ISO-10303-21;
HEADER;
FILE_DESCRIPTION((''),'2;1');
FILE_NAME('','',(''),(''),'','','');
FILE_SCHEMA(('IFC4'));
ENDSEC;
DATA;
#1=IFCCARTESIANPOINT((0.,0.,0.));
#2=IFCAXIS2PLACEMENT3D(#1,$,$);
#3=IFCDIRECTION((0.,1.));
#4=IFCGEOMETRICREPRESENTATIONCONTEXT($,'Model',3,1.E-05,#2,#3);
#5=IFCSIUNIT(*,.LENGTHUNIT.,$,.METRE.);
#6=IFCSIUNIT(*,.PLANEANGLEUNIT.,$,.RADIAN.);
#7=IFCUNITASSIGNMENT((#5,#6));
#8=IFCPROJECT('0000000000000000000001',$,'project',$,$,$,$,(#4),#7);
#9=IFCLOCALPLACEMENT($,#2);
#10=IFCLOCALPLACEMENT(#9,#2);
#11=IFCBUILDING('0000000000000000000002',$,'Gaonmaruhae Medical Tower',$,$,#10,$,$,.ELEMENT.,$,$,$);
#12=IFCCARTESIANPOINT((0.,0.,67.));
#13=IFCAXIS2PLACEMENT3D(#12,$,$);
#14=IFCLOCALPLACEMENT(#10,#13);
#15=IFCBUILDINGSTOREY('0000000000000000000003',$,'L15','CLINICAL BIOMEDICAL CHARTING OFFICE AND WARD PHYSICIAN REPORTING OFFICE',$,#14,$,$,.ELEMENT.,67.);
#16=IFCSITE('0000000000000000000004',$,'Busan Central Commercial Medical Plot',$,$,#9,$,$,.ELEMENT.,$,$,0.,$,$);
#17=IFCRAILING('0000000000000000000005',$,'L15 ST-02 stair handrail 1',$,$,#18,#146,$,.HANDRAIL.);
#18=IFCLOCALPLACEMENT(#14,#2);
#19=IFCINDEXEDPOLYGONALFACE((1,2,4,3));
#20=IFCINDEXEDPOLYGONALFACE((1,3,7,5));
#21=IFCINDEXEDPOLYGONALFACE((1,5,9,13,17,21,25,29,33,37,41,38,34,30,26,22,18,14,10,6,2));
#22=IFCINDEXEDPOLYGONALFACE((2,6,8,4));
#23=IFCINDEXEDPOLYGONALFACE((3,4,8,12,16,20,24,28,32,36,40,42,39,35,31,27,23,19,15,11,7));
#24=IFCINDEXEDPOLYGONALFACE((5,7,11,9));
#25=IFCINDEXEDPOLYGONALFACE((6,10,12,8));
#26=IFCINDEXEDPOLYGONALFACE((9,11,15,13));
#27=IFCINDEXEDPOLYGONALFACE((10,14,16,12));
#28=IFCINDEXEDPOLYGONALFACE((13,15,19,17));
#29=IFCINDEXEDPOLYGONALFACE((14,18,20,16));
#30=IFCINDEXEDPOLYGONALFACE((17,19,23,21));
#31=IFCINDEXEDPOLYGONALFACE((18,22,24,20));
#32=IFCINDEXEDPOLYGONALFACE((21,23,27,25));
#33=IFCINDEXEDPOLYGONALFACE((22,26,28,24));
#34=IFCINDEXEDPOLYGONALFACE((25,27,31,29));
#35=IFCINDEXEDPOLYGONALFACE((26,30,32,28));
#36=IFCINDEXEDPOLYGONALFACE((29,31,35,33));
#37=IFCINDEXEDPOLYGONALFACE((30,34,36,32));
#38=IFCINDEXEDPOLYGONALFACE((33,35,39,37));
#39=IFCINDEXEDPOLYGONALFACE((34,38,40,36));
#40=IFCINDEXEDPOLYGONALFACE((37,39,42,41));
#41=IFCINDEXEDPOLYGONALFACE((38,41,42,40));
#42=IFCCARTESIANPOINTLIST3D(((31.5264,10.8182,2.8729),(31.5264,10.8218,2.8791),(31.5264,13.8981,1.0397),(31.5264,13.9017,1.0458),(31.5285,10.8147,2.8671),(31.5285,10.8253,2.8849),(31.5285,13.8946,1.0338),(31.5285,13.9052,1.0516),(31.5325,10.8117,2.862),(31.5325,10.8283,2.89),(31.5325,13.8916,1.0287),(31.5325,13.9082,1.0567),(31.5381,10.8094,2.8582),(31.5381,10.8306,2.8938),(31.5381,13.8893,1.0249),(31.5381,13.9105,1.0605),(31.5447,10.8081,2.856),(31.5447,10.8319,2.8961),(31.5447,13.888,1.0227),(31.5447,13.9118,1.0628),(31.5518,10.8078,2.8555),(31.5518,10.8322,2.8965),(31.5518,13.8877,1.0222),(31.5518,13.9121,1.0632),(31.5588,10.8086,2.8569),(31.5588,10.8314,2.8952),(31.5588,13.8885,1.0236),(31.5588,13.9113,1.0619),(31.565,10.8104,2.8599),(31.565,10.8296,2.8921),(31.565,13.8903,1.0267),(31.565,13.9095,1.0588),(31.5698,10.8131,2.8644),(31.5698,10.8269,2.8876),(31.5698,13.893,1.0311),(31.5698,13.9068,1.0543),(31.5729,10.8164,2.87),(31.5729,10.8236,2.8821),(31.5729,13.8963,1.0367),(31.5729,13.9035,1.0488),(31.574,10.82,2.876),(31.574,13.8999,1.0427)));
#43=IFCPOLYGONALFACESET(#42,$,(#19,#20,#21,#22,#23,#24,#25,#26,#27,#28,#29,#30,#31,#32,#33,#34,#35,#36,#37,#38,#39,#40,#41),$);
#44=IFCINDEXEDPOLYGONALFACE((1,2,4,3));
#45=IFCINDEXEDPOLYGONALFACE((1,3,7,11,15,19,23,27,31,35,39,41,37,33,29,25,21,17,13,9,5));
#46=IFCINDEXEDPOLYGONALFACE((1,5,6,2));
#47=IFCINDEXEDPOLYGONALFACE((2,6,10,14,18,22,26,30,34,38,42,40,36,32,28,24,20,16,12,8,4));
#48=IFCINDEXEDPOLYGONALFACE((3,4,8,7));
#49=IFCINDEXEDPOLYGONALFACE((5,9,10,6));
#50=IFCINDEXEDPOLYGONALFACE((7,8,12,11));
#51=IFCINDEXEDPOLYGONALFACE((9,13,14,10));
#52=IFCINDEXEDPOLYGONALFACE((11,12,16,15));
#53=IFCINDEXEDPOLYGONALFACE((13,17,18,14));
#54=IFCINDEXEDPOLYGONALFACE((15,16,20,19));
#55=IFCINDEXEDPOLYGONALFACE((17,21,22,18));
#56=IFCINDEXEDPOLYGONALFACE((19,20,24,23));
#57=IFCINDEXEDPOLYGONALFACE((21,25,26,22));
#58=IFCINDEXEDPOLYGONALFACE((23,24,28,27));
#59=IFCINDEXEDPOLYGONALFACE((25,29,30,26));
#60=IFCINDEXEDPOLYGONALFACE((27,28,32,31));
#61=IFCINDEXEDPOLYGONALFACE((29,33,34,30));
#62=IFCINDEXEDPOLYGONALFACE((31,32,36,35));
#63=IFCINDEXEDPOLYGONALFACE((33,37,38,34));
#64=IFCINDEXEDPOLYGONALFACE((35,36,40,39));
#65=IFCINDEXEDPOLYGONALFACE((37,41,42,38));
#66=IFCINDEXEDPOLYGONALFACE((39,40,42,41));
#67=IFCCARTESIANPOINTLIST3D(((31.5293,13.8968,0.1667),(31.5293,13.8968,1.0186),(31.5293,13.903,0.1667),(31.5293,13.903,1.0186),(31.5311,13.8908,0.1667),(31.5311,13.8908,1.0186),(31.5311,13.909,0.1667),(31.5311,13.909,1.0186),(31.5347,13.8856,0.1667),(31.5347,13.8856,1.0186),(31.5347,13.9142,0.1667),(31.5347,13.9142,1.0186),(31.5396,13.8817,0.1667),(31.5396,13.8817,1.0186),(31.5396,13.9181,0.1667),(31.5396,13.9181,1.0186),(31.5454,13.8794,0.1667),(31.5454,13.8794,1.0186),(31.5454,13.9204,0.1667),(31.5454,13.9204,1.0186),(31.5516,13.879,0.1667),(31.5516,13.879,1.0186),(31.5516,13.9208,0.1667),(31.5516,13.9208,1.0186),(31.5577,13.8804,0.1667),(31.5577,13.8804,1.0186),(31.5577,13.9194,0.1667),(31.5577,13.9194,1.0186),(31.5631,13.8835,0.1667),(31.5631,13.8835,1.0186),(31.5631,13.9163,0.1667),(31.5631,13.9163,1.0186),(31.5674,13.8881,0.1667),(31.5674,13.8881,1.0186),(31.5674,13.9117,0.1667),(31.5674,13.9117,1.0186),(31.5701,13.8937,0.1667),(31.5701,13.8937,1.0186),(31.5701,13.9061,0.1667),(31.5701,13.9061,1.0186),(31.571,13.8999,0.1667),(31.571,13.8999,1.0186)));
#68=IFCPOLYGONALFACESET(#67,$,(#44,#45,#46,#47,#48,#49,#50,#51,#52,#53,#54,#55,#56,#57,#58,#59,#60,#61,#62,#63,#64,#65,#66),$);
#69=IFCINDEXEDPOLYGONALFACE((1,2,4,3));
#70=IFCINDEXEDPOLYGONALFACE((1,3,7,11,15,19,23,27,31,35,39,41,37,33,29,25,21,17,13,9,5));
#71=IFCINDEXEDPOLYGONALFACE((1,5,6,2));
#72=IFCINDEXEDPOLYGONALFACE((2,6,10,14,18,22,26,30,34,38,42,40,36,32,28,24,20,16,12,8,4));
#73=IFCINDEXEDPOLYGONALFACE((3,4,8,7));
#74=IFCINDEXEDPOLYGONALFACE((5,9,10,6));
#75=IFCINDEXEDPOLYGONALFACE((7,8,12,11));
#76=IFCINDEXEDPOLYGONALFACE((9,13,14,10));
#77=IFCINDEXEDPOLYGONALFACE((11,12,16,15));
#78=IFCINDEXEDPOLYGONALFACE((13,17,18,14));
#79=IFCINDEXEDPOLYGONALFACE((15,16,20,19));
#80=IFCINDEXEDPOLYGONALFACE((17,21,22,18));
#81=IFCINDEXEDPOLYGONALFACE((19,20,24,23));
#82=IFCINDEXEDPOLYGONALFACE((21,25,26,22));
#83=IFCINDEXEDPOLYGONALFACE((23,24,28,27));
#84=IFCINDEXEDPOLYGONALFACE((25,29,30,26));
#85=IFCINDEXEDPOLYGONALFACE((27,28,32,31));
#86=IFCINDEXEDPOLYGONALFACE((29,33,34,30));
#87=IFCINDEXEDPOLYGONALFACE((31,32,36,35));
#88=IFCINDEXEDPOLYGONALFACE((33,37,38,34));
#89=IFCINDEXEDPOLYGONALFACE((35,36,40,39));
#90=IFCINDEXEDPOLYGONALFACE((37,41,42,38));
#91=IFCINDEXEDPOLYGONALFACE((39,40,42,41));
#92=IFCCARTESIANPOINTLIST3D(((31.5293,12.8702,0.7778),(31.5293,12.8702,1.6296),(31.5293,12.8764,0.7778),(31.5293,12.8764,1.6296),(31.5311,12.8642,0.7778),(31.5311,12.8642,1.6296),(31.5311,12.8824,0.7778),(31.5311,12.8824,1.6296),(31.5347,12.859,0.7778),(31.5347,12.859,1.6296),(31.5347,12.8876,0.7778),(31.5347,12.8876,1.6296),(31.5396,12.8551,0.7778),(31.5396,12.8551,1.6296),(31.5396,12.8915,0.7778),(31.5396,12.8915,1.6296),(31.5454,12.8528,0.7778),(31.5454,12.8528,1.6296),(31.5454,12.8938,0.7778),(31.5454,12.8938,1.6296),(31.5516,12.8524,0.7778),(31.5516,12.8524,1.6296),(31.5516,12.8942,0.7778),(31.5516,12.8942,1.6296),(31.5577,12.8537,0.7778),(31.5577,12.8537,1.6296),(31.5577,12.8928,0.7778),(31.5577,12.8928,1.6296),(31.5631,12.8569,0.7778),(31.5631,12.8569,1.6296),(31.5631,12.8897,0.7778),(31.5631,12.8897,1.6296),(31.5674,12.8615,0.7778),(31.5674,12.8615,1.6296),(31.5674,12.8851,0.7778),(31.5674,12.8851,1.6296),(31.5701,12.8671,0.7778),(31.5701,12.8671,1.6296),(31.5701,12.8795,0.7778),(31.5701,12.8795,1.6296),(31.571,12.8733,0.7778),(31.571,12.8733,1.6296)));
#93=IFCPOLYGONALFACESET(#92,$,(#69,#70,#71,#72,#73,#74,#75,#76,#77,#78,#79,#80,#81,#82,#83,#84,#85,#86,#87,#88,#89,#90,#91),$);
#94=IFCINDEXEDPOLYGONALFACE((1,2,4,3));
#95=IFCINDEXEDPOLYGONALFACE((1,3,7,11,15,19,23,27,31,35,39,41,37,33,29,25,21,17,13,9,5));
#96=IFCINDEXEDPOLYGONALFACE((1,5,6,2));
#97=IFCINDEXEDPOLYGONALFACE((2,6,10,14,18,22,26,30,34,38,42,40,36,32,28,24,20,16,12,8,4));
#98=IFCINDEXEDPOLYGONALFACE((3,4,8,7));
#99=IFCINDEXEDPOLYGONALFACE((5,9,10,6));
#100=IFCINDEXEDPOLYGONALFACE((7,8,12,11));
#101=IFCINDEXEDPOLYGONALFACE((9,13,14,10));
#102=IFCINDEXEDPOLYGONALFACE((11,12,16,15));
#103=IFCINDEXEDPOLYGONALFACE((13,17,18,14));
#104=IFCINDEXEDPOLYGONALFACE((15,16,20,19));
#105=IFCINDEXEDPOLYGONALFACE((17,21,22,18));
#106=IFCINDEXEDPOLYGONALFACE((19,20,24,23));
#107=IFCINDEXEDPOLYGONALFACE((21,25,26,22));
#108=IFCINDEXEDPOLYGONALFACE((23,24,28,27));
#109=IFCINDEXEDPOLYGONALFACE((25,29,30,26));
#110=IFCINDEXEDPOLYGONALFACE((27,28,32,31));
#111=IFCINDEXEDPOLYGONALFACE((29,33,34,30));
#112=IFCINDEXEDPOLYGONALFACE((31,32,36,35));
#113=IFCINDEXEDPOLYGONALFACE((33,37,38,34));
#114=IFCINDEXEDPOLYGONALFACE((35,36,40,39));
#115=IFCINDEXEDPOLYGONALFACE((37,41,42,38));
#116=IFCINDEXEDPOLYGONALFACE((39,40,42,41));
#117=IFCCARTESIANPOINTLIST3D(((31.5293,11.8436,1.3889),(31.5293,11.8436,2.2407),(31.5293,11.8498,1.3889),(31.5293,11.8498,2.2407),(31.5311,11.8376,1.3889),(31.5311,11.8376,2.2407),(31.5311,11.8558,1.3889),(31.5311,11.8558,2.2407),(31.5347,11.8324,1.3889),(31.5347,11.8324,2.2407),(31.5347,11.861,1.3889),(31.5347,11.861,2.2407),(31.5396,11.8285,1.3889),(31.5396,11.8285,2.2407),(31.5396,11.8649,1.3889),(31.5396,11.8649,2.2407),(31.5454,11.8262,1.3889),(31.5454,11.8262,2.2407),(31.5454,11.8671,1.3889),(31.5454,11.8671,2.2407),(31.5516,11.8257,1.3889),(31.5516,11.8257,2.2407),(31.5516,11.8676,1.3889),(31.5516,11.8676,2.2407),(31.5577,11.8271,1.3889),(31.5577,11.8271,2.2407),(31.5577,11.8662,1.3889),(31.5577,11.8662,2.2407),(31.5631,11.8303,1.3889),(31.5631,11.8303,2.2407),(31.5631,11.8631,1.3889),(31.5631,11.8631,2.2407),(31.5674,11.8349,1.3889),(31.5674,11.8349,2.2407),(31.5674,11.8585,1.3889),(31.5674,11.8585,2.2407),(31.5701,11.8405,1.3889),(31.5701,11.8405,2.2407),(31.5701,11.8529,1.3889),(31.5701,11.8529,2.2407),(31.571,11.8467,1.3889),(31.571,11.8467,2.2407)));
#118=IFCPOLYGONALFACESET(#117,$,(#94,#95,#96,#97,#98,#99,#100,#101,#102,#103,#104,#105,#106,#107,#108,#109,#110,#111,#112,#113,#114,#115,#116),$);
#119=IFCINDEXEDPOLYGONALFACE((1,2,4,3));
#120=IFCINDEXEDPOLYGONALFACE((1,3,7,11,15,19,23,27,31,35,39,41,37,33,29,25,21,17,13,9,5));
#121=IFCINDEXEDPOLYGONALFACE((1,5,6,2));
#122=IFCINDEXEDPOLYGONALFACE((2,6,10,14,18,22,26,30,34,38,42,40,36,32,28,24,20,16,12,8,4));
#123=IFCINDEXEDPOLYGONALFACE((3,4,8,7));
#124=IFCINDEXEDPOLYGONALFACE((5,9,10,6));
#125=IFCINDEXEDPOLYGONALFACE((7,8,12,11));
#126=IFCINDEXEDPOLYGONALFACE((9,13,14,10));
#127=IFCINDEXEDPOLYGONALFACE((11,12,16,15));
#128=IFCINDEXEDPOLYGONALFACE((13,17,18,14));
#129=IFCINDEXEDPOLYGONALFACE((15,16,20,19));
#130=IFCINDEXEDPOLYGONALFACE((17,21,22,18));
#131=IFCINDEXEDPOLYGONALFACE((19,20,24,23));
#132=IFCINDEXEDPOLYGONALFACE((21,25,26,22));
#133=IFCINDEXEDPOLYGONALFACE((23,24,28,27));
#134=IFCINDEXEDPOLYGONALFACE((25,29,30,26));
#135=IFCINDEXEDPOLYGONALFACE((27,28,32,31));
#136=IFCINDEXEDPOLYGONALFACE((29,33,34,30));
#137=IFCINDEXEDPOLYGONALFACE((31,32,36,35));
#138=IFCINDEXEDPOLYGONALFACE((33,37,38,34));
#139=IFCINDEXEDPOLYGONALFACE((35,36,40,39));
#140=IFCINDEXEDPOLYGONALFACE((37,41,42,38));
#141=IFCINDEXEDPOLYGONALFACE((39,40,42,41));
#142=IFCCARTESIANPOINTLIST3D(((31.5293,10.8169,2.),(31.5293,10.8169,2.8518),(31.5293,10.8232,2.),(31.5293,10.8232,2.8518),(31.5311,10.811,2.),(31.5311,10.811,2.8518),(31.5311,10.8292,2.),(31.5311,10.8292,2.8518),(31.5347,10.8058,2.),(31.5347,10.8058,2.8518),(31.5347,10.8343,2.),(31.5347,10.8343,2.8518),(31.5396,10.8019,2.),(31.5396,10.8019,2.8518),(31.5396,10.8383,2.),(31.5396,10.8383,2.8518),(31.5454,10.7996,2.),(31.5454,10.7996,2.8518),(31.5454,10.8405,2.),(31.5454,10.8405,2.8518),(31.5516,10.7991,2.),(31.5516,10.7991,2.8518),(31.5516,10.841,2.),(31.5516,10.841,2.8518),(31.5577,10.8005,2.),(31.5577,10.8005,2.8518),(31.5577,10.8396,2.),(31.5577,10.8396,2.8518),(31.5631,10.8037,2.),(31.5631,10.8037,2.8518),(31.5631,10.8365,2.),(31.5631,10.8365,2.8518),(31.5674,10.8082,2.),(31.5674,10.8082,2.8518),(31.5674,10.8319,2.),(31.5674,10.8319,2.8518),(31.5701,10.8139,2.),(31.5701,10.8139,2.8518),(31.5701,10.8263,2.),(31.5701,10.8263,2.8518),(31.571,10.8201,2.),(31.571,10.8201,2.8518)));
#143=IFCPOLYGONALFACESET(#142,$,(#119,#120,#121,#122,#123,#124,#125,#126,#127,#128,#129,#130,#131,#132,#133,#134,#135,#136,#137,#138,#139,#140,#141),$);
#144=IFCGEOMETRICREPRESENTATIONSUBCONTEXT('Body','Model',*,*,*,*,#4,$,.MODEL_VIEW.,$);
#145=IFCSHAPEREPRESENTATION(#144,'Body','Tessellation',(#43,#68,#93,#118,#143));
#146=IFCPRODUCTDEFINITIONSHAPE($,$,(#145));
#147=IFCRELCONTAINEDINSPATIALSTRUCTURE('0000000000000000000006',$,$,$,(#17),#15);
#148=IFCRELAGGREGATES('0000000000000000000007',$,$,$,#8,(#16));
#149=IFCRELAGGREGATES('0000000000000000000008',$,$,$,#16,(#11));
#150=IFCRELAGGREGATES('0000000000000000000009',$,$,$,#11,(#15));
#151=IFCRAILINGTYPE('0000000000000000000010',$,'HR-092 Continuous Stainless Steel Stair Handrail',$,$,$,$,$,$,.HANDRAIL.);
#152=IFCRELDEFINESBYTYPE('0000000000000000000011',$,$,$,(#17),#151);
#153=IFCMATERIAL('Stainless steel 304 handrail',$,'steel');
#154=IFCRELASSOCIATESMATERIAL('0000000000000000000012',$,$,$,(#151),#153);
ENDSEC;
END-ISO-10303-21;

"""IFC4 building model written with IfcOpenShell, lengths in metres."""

from ifc_helpers import new_model, si_unit, direction, frame, origin, origin_2d, place, context, subcontext, project, spatial, circle, extrude, material, type_object, element, save


model = new_model("IFC4")

# Units and contexts
model_context = context("Model", 3, precision=1e-05, world=origin(), true_north=direction((0.0, 1.0)))
body_context = subcontext(model_context, "Body", "Model", "MODEL_VIEW")
ifc_project = project(units=[si_unit("LENGTHUNIT", "METRE"), si_unit("PLANEANGLEUNIT", "RADIAN")], contexts=[model_context])

# Site, building, storey
site_placement = place(None, origin())
site = spatial("IfcSite", under=ifc_project, at=site_placement, Name="Busan Central Commercial Medical Plot", CompositionType="ELEMENT", RefElevation=0.0)
building_placement = place(site_placement, origin())
building = spatial("IfcBuilding", under=site, at=building_placement, Name="Gaonmaruhae Medical Tower", CompositionType="ELEMENT")
storey_placement = place(building_placement, frame((0.0, 0.0, 67.0)))
storey = spatial("IfcBuildingStorey", under=building, at=storey_placement, Name="L15", Description="CLINICAL BIOMEDICAL CHARTING OFFICE AND WARD PHYSICIAN REPORTING OFFICE", CompositionType="ELEMENT", Elevation=67.0)

# Railing
ifc_material_1 = material(Name="Stainless steel 304 handrail", Category="steel")
railing_type_1 = type_object("IfcRailingType", Name="HR-092 Continuous Stainless Steel Stair Handrail", PredefinedType="HANDRAIL", material=ifc_material_1)
railing_1_placement = place(storey_placement, frame((31.55, 13.8999, 0.1667)))
element("IfcRailing", 1, at=railing_1_placement, inside=storey, type_object=railing_type_1, Name="L15 ST-02 stair handrail 1", PredefinedType="HANDRAIL", context=body_context, shape_type="SweptSolid", body=[
    extrude(circle(Radius=0.0239, at=origin_2d()), frame((0.0, 0.0, 0.876), z_axis=(0.0, -0.859291, 0.511487), x_axis=(1.0, 0.0, 0.0)), (0.0, 0.0, 1.0), 3.5842),
    extrude(circle(Radius=0.021, at=origin_2d()), origin(), (0.0, 0.0, 1.0), 0.8518),
    extrude(circle(Radius=0.021, at=origin_2d()), frame((0.0, -1.0266, 0.6111)), (0.0, 0.0, 1.0), 0.8518),
    extrude(circle(Radius=0.021, at=origin_2d()), frame((0.0, -2.0532, 1.2222)), (0.0, 0.0, 1.0), 0.8518),
    extrude(circle(Radius=0.021, at=origin_2d()), frame((0.0, -3.0798, 1.8333)), (0.0, 0.0, 1.0), 0.8518),
])

save(model, "model.ifc")
